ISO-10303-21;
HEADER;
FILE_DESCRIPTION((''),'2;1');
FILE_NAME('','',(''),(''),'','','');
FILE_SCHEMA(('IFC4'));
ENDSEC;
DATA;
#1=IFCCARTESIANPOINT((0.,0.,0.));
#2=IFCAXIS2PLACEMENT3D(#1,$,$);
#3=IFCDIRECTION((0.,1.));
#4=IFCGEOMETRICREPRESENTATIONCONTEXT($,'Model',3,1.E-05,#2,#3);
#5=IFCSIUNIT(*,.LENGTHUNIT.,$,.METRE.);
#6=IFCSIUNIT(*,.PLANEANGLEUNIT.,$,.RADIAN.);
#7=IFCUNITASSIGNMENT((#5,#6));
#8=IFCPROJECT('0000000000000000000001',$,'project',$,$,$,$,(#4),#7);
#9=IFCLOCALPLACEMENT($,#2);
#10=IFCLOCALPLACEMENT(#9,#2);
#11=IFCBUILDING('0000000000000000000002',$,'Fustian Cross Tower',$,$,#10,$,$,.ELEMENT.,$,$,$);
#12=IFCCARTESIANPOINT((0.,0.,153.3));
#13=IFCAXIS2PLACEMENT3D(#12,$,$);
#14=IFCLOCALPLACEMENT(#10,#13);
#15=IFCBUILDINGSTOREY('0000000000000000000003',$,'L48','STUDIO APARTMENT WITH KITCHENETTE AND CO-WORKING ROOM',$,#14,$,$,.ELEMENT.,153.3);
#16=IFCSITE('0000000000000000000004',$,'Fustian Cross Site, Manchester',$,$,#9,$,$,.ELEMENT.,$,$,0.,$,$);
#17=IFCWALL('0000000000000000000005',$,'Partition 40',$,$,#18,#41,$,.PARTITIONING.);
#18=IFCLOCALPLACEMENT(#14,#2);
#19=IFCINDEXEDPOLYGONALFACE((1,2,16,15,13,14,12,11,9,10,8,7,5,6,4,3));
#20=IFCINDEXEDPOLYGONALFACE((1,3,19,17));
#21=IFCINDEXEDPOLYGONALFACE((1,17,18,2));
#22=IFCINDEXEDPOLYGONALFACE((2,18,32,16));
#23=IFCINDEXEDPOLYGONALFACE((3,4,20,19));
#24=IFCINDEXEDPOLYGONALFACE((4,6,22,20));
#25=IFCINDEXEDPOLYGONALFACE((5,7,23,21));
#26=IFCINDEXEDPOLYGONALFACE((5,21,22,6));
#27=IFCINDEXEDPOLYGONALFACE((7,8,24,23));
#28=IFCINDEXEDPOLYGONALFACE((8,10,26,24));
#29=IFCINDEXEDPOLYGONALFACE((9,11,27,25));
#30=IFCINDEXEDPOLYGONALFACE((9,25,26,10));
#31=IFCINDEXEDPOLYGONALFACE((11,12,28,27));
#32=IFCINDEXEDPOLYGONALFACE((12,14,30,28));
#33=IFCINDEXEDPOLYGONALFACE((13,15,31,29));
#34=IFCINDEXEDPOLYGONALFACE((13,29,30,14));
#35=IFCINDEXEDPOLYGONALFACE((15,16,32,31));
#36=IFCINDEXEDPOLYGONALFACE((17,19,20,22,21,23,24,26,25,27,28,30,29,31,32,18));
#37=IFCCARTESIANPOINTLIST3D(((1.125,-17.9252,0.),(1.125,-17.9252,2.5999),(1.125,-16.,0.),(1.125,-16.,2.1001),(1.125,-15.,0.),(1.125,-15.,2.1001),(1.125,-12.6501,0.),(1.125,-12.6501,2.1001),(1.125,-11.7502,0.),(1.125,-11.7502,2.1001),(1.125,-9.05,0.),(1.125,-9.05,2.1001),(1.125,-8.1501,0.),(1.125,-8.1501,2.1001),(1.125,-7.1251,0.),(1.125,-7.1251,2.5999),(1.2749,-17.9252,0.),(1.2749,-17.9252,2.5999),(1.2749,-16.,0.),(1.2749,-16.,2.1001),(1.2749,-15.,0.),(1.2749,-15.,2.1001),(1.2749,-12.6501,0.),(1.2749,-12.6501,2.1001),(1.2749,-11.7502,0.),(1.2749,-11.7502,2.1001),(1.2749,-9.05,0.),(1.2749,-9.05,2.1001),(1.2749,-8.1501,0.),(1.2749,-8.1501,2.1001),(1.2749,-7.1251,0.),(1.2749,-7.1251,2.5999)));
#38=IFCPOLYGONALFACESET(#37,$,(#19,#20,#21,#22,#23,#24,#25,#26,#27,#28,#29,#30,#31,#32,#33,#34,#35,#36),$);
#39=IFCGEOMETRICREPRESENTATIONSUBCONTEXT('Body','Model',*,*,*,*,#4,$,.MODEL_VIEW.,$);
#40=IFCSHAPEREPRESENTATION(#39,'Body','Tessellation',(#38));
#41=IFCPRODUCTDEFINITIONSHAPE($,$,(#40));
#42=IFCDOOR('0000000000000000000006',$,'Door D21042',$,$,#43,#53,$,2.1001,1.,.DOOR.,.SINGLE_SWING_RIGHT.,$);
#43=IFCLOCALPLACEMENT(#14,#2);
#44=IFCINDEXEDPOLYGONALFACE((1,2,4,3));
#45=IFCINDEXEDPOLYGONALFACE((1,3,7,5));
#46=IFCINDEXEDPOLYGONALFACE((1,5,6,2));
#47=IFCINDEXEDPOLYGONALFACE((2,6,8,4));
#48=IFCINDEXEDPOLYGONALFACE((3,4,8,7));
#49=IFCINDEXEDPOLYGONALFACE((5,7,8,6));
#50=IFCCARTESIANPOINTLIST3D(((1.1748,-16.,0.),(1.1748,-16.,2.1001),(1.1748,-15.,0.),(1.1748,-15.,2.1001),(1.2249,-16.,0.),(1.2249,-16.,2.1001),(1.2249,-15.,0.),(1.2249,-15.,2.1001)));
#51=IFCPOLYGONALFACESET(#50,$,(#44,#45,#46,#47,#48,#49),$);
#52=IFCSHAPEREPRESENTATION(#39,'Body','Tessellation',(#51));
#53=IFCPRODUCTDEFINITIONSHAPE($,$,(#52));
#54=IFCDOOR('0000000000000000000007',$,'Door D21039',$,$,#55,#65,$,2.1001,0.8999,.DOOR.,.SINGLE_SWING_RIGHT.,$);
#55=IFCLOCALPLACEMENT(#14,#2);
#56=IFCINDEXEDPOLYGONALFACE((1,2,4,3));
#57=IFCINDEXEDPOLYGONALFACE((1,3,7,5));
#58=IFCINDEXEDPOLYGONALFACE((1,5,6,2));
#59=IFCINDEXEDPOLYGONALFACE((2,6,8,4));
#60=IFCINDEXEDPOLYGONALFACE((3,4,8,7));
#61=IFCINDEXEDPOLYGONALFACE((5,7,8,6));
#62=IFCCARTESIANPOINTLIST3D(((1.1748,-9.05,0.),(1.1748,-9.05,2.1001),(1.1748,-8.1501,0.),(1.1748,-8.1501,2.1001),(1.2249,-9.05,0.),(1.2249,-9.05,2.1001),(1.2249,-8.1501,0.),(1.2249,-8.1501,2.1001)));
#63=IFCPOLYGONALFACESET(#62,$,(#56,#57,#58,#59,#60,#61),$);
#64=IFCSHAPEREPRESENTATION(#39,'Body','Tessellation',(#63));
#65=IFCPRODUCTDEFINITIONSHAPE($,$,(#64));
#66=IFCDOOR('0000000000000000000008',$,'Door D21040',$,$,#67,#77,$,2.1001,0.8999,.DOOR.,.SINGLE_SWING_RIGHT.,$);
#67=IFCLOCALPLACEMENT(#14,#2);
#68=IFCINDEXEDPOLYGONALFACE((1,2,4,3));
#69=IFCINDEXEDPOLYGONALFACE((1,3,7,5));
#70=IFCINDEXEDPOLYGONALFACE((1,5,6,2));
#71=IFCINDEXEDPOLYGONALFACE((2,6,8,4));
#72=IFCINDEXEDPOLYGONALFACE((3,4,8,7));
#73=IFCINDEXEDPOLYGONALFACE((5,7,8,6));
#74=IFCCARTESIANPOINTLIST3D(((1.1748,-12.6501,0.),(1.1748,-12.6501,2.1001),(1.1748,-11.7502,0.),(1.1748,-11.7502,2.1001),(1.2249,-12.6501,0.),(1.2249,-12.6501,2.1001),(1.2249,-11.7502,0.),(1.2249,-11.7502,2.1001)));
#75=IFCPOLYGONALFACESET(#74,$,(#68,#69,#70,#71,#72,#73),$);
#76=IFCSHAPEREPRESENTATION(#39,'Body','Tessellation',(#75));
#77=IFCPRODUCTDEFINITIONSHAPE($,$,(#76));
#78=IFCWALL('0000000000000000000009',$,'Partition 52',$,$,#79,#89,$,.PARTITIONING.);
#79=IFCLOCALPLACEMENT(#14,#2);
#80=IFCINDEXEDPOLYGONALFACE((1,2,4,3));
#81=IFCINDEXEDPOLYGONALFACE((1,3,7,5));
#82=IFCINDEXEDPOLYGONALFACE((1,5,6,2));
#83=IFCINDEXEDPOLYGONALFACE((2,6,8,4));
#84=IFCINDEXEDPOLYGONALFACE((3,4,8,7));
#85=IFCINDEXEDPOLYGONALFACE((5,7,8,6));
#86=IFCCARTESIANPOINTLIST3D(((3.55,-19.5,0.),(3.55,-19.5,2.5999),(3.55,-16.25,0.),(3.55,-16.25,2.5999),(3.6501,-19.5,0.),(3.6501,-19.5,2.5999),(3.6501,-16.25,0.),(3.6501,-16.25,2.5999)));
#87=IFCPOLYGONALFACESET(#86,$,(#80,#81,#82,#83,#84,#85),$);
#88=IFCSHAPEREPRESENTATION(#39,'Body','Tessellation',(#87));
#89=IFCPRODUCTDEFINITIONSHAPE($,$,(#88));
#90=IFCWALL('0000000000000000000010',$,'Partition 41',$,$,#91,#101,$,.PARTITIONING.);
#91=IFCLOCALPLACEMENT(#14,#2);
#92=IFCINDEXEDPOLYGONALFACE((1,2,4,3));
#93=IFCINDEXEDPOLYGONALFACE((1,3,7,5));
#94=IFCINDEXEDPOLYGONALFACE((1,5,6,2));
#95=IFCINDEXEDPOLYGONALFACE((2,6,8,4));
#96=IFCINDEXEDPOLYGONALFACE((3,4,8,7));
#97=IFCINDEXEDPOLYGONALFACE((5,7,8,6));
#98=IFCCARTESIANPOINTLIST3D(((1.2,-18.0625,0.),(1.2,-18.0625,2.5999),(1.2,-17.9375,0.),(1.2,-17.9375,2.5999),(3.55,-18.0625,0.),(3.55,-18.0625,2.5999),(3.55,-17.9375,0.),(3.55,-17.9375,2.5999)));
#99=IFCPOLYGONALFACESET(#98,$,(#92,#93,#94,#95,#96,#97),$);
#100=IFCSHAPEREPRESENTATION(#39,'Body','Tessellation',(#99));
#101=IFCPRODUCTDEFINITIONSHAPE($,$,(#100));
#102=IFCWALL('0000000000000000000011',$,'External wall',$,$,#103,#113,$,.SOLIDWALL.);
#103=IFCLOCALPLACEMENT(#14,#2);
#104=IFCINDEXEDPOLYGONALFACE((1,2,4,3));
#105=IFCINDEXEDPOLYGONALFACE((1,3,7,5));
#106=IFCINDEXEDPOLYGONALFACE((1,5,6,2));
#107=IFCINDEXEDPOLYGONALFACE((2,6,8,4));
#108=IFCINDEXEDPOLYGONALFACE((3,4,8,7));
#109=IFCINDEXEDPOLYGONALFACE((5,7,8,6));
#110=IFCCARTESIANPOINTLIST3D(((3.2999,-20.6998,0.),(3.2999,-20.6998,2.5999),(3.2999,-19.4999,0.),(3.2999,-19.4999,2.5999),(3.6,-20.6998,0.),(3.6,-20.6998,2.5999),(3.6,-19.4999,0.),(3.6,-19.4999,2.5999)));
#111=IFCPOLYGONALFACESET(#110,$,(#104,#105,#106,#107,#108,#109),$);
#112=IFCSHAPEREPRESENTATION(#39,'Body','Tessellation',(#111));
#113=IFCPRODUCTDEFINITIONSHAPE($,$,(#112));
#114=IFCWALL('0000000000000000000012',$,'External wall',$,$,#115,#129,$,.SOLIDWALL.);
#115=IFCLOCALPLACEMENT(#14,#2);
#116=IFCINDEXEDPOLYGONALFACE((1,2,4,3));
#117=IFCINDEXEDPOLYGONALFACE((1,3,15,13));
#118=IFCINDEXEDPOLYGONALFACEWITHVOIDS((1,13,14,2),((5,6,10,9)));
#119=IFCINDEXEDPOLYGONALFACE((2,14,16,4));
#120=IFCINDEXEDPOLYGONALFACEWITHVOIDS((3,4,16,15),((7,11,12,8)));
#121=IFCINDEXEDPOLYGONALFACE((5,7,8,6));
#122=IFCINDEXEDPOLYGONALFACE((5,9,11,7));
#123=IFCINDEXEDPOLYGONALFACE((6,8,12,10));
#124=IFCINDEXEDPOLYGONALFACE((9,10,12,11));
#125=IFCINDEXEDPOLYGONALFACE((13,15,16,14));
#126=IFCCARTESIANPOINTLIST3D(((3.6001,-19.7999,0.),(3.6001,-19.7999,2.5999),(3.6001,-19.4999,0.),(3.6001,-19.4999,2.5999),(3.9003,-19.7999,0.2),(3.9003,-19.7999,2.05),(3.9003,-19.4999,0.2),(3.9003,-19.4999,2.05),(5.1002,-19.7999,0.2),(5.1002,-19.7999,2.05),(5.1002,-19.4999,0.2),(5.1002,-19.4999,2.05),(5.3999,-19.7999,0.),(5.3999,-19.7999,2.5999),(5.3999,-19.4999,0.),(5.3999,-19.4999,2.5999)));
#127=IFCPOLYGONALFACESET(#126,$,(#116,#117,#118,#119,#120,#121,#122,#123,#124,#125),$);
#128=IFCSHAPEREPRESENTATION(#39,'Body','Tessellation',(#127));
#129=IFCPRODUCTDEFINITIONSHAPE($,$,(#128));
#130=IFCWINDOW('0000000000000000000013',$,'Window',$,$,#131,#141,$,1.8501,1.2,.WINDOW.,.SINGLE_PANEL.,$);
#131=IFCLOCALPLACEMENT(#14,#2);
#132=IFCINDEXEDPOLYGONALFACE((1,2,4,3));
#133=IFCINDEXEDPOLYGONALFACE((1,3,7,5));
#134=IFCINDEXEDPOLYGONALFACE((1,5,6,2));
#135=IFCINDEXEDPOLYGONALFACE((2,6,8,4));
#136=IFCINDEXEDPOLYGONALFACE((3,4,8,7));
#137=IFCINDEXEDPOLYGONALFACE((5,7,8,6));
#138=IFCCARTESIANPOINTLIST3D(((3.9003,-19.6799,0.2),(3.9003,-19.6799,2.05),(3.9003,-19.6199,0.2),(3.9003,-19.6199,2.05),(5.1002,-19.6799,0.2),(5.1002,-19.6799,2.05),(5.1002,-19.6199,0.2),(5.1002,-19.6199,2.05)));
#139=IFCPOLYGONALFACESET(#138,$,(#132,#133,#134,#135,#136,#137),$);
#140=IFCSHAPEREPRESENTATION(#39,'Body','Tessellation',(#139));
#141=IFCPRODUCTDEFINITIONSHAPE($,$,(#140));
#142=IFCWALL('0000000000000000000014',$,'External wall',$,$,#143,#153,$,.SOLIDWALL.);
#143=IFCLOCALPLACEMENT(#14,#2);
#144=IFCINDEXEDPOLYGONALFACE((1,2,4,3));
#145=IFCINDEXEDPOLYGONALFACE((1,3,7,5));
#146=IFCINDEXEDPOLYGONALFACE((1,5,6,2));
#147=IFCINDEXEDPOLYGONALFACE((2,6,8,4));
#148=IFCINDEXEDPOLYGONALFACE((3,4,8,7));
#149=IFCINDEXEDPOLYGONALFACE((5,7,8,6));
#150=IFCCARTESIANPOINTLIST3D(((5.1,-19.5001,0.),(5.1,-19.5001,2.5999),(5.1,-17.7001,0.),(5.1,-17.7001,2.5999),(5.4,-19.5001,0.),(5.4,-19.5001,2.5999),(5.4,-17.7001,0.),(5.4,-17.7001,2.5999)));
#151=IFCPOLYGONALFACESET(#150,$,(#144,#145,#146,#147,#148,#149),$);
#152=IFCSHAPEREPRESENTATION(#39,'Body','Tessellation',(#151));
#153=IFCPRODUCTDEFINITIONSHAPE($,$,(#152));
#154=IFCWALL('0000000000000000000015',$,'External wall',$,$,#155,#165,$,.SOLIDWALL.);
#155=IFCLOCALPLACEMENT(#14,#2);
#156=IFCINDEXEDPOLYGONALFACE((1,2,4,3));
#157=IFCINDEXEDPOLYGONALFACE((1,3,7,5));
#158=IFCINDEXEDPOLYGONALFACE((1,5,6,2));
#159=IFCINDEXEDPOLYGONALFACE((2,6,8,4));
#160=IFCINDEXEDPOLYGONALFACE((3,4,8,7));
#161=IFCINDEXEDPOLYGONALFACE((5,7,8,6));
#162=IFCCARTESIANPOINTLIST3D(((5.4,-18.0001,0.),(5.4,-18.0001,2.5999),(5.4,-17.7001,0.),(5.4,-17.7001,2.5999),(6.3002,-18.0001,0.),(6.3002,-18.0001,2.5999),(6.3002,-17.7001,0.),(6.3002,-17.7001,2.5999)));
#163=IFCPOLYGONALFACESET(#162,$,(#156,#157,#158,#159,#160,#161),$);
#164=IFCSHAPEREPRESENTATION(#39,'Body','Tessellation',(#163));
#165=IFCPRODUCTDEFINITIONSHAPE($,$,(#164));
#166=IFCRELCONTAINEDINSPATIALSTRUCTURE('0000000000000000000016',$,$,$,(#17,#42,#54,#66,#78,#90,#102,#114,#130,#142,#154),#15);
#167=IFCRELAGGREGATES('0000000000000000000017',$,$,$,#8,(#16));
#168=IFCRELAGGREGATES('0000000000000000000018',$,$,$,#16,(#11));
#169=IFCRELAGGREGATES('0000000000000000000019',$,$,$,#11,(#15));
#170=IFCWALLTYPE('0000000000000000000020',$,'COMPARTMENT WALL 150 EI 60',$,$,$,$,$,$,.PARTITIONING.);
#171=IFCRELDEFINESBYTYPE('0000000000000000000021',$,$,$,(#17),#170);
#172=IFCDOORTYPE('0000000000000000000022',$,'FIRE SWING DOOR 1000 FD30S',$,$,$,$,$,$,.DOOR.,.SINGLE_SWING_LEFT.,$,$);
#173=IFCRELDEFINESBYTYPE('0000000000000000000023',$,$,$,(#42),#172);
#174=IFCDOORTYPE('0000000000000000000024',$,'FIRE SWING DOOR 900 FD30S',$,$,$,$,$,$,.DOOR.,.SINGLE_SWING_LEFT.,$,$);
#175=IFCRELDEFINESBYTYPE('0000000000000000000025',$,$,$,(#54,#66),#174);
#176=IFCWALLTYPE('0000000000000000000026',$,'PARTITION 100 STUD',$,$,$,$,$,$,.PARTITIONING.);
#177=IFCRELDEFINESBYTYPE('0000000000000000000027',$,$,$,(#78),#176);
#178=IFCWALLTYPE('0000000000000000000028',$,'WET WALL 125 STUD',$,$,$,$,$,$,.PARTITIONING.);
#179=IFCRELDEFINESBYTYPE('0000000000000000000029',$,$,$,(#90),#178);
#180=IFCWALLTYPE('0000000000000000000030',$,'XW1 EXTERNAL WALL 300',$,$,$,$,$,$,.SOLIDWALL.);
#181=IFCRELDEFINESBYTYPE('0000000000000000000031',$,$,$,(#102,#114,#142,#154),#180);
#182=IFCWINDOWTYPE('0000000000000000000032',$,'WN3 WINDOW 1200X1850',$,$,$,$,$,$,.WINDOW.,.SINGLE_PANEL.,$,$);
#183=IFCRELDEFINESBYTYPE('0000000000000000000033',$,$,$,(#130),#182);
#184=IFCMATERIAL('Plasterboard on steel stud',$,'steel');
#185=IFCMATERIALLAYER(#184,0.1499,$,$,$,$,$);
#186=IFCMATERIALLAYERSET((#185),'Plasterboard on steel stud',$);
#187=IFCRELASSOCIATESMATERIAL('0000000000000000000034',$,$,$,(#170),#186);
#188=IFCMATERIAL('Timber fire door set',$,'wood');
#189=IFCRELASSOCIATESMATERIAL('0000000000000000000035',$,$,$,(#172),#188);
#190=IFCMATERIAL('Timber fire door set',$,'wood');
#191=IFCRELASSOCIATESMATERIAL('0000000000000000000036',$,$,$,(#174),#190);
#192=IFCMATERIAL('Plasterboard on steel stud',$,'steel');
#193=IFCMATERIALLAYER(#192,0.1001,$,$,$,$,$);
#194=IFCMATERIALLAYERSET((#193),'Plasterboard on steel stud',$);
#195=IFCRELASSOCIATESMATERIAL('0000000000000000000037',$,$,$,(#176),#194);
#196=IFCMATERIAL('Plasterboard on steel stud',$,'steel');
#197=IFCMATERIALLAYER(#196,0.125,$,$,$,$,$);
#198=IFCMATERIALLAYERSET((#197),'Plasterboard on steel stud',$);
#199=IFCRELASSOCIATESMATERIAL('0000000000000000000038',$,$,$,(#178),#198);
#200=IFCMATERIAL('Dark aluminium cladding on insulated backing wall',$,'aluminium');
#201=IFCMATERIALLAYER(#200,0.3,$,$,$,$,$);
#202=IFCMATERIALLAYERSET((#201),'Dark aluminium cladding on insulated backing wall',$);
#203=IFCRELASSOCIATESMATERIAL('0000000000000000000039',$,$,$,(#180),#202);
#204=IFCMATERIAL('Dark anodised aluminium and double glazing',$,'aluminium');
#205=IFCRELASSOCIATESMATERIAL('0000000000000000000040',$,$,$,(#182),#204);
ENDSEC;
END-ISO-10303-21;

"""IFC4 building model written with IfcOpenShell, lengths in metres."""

from ifc_helpers import new_model, si_unit, direction, frame, frame_2d, origin, place, context, subcontext, project, spatial, rectangle, extrude, material, layer, layer_set, type_object, element, fill, save


model = new_model("IFC4")

# Units and contexts
model_context = context("Model", 3, precision=1e-05, world=origin(), true_north=direction((0.0, 1.0)))
body_context = subcontext(model_context, "Body", "Model", "MODEL_VIEW")
ifc_project = project(units=[si_unit("LENGTHUNIT", "METRE"), si_unit("PLANEANGLEUNIT", "RADIAN")], contexts=[model_context])

# Site, building, storey
site_placement = place(None, origin())
site = spatial("IfcSite", under=ifc_project, at=site_placement, Name="Fustian Cross Site, Manchester", CompositionType="ELEMENT", RefElevation=0.0)
building_placement = place(site_placement, origin())
building = spatial("IfcBuilding", under=site, at=building_placement, Name="Fustian Cross Tower", CompositionType="ELEMENT")
storey_placement = place(building_placement, frame((0.0, 0.0, 153.3)))
storey = spatial("IfcBuildingStorey", under=building, at=storey_placement, Name="L48", Description="STUDIO APARTMENT WITH KITCHENETTE AND CO-WORKING ROOM", CompositionType="ELEMENT", Elevation=153.3)

# Wall, openings, doors
ifc_material_1 = material(Name="Plasterboard on steel stud", Category="steel")
ifc_layer_1 = layer(ifc_material_1, 0.1499)
ifc_layer_set_1 = layer_set([ifc_layer_1], Name="Plasterboard on steel stud")
wall_type_1 = type_object("IfcWallType", Name="COMPARTMENT WALL 150 EI 60", PredefinedType="PARTITIONING", material=ifc_layer_set_1)
wall_1_placement = place(storey_placement, frame((1.2, -17.925, 0.0), z_axis=(0.0, 0.0, 1.0), x_axis=(0.0, 1.0, 0.0)))
wall_1 = element("IfcWall", 1, at=wall_1_placement, inside=storey, type_object=wall_type_1, Name="Partition 40", PredefinedType="PARTITIONING", context=body_context, shape_type="SweptSolid", body=[
    extrude(rectangle(XDim=10.8, YDim=0.1499, at=frame_2d((5.3999, 0.0))), origin(), (0.0, 0.0, 1.0), 2.5999),
])
opening_1_placement = place(wall_1_placement, frame((8.875, 0.0, 0.0)))
opening_1 = element("IfcOpeningElement", 2, at=opening_1_placement, cuts=wall_1, PredefinedType="OPENING", context=body_context, shape_type="SweptSolid", body=[
    extrude(rectangle(XDim=0.8999, YDim=2.1001, at=frame_2d((0.45, 1.05))), frame((0.0, 0.085, 0.0), z_axis=(0.0, -1.0, 0.0), x_axis=(1.0, 0.0, 0.0)), (0.0, 0.0, 1.0), 0.1699),
])
opening_2_placement = place(wall_1_placement, frame((5.2749, 0.0, 0.0)))
opening_2 = element("IfcOpeningElement", 3, at=opening_2_placement, cuts=wall_1, PredefinedType="OPENING", context=body_context, shape_type="SweptSolid", body=[
    extrude(rectangle(XDim=0.8999, YDim=2.1001, at=frame_2d((0.45, 1.05))), frame((0.0, 0.085, 0.0), z_axis=(0.0, -1.0, 0.0), x_axis=(1.0, 0.0, 0.0)), (0.0, 0.0, 1.0), 0.1699),
])
opening_3_placement = place(wall_1_placement, frame((1.925, 0.0, 0.0)))
opening_3 = element("IfcOpeningElement", 4, at=opening_3_placement, cuts=wall_1, PredefinedType="OPENING", context=body_context, shape_type="SweptSolid", body=[
    extrude(rectangle(XDim=1.0, YDim=2.1001, at=frame_2d((0.5, 1.05))), frame((0.0, 0.085, 0.0), z_axis=(0.0, -1.0, 0.0), x_axis=(1.0, 0.0, 0.0)), (0.0, 0.0, 1.0), 0.1699),
])
ifc_material_2 = material(Name="Timber fire door set", Category="wood")
door_type_1 = type_object("IfcDoorType", Name="FIRE SWING DOOR 1000 FD30S", OperationType="SINGLE_SWING_LEFT", PredefinedType="DOOR", material=ifc_material_2)
door_1_placement = place(opening_3_placement, frame((1.0, 0.0, 0.0), z_axis=(0.0, 0.0, 1.0), x_axis=(-1.0, 0.0, 0.0)))
door_1 = element("IfcDoor", 5, at=door_1_placement, inside=storey, type_object=door_type_1, Name="Door D21042", OperationType="SINGLE_SWING_RIGHT", OverallHeight=2.1001, OverallWidth=1.0, PredefinedType="DOOR", context=body_context, shape_type="SweptSolid", body=[
    extrude(rectangle(XDim=1.0, YDim=2.1001, at=frame_2d((0.5, 1.05))), frame((0.0, 0.0249, 0.0), z_axis=(0.0, -1.0, 0.0), x_axis=(1.0, 0.0, 0.0)), (0.0, 0.0, 1.0), 0.05),
])
fill(opening_3, door_1)
ifc_material_3 = material(Name="Timber fire door set", Category="wood")
door_type_2 = type_object("IfcDoorType", Name="FIRE SWING DOOR 900 FD30S", OperationType="SINGLE_SWING_LEFT", PredefinedType="DOOR", material=ifc_material_3)
door_2_placement = place(opening_1_placement, frame((0.8999, 0.0, 0.0), z_axis=(0.0, 0.0, 1.0), x_axis=(-1.0, 0.0, 0.0)))
door_2 = element("IfcDoor", 6, at=door_2_placement, inside=storey, type_object=door_type_2, Name="Door D21039", OperationType="SINGLE_SWING_RIGHT", OverallHeight=2.1001, OverallWidth=0.8999, PredefinedType="DOOR", context=body_context, shape_type="SweptSolid", body=[
    extrude(rectangle(XDim=0.8999, YDim=2.1001, at=frame_2d((0.45, 1.05))), frame((0.0, 0.0249, 0.0), z_axis=(0.0, -1.0, 0.0), x_axis=(1.0, 0.0, 0.0)), (0.0, 0.0, 1.0), 0.05),
])
fill(opening_1, door_2)
door_3_placement = place(opening_2_placement, frame((0.8999, 0.0, 0.0), z_axis=(0.0, 0.0, 1.0), x_axis=(-1.0, 0.0, 0.0)))
door_3 = element("IfcDoor", 7, at=door_3_placement, inside=storey, type_object=door_type_2, Name="Door D21040", OperationType="SINGLE_SWING_RIGHT", OverallHeight=2.1001, OverallWidth=0.8999, PredefinedType="DOOR", context=body_context, shape_type="SweptSolid", body=[
    extrude(rectangle(XDim=0.8999, YDim=2.1001, at=frame_2d((0.45, 1.05))), frame((0.0, 0.0249, 0.0), z_axis=(0.0, -1.0, 0.0), x_axis=(1.0, 0.0, 0.0)), (0.0, 0.0, 1.0), 0.05),
])
fill(opening_2, door_3)

# Walls
ifc_material_4 = material(Name="Plasterboard on steel stud", Category="steel")
ifc_layer_2 = layer(ifc_material_4, 0.1001)
ifc_layer_set_2 = layer_set([ifc_layer_2], Name="Plasterboard on steel stud")
wall_type_2 = type_object("IfcWallType", Name="PARTITION 100 STUD", PredefinedType="PARTITIONING", material=ifc_layer_set_2)
wall_2_placement = place(storey_placement, frame((3.6001, -19.5, 0.0), z_axis=(0.0, 0.0, 1.0), x_axis=(0.0, 1.0, 0.0)))
element("IfcWall", 8, at=wall_2_placement, inside=storey, type_object=wall_type_2, Name="Partition 52", PredefinedType="PARTITIONING", context=body_context, shape_type="SweptSolid", body=[
    extrude(rectangle(XDim=3.25, YDim=0.1001, at=frame_2d((1.625, 0.0))), origin(), (0.0, 0.0, 1.0), 2.5999),
])
ifc_material_5 = material(Name="Plasterboard on steel stud", Category="steel")
ifc_layer_3 = layer(ifc_material_5, 0.125)
ifc_layer_set_3 = layer_set([ifc_layer_3], Name="Plasterboard on steel stud")
wall_type_3 = type_object("IfcWallType", Name="WET WALL 125 STUD", PredefinedType="PARTITIONING", material=ifc_layer_set_3)
wall_3_placement = place(storey_placement, frame((1.2, -18.0, 0.0), z_axis=(0.0, 0.0, 1.0), x_axis=(1.0, 0.0, 0.0)))
element("IfcWall", 9, at=wall_3_placement, inside=storey, type_object=wall_type_3, Name="Partition 41", PredefinedType="PARTITIONING", context=body_context, shape_type="SweptSolid", body=[
    extrude(rectangle(XDim=2.3501, YDim=0.125, at=frame_2d((1.175, 0.0))), origin(), (0.0, 0.0, 1.0), 2.5999),
])
ifc_material_6 = material(Name="Dark aluminium cladding on insulated backing wall", Category="aluminium")
ifc_layer_4 = layer(ifc_material_6, 0.3)
ifc_layer_set_4 = layer_set([ifc_layer_4], Name="Dark aluminium cladding on insulated backing wall")
wall_type_4 = type_object("IfcWallType", Name="XW1 EXTERNAL WALL 300", PredefinedType="SOLIDWALL", material=ifc_layer_set_4)
wall_4_placement = place(storey_placement, frame((3.45, -20.7, 0.0), z_axis=(0.0, 0.0, 1.0), x_axis=(0.0, 1.0, 0.0)))
element("IfcWall", 10, at=wall_4_placement, inside=storey, type_object=wall_type_4, Name="External wall", PredefinedType="SOLIDWALL", context=body_context, shape_type="SweptSolid", body=[
    extrude(rectangle(XDim=1.2, YDim=0.3, at=frame_2d((0.6001, 0.0))), origin(), (0.0, 0.0, 1.0), 2.5999),
])

# Wall, opening, window
wall_5_placement = place(storey_placement, frame((3.6001, -19.6499, 0.0), z_axis=(0.0, 0.0, 1.0), x_axis=(1.0, 0.0, 0.0)))
wall_5 = element("IfcWall", 11, at=wall_5_placement, inside=storey, type_object=wall_type_4, Name="External wall", PredefinedType="SOLIDWALL", context=body_context, shape_type="SweptSolid", body=[
    extrude(rectangle(XDim=1.7998, YDim=0.3, at=frame_2d((0.8999, 0.0))), origin(), (0.0, 0.0, 1.0), 2.5999),
])
opening_4_placement = place(wall_5_placement, frame((0.3, 0.0, 0.2)))
opening_4 = element("IfcOpeningElement", 12, at=opening_4_placement, cuts=wall_5, PredefinedType="OPENING", context=body_context, shape_type="SweptSolid", body=[
    extrude(rectangle(XDim=1.2, YDim=1.8501, at=frame_2d((0.6001, 0.925))), frame((0.0, 0.1599, 0.0), z_axis=(0.0, -1.0, 0.0), x_axis=(1.0, 0.0, 0.0)), (0.0, 0.0, 1.0), 0.3201),
])
ifc_material_7 = material(Name="Dark anodised aluminium and double glazing", Category="aluminium")
window_type = type_object("IfcWindowType", Name="WN3 WINDOW 1200X1850", PartitioningType="SINGLE_PANEL", PredefinedType="WINDOW", material=ifc_material_7)
window_placement = place(opening_4_placement, origin())
window = element("IfcWindow", 13, at=window_placement, inside=storey, type_object=window_type, Name="Window", OverallHeight=1.8501, OverallWidth=1.2, PartitioningType="SINGLE_PANEL", PredefinedType="WINDOW", context=body_context, shape_type="SweptSolid", body=[
    extrude(rectangle(XDim=1.2, YDim=1.8501, at=frame_2d((0.6001, 0.925))), frame((0.0, 0.03, 0.0), z_axis=(0.0, -1.0, 0.0), x_axis=(1.0, 0.0, 0.0)), (0.0, 0.0, 1.0), 0.0601),
])
fill(opening_4, window)

# Walls
wall_6_placement = place(storey_placement, frame((5.25, -19.5, 0.0), z_axis=(0.0, 0.0, 1.0), x_axis=(0.0, 1.0, 0.0)))
element("IfcWall", 14, at=wall_6_placement, inside=storey, type_object=wall_type_4, Name="External wall", PredefinedType="SOLIDWALL", context=body_context, shape_type="SweptSolid", body=[
    extrude(rectangle(XDim=1.8, YDim=0.3, at=frame_2d((0.8999, 0.0))), origin(), (0.0, 0.0, 1.0), 2.5999),
])
wall_7_placement = place(storey_placement, frame((5.3999, -17.8501, 0.0), z_axis=(0.0, 0.0, 1.0), x_axis=(1.0, 0.0, 0.0)))
element("IfcWall", 15, at=wall_7_placement, inside=storey, type_object=wall_type_4, Name="External wall", PredefinedType="SOLIDWALL", context=body_context, shape_type="SweptSolid", body=[
    extrude(rectangle(XDim=0.9001, YDim=0.3, at=frame_2d((0.4502, 0.0))), origin(), (0.0, 0.0, 1.0), 2.5999),
])

save(model, "model.ifc")
